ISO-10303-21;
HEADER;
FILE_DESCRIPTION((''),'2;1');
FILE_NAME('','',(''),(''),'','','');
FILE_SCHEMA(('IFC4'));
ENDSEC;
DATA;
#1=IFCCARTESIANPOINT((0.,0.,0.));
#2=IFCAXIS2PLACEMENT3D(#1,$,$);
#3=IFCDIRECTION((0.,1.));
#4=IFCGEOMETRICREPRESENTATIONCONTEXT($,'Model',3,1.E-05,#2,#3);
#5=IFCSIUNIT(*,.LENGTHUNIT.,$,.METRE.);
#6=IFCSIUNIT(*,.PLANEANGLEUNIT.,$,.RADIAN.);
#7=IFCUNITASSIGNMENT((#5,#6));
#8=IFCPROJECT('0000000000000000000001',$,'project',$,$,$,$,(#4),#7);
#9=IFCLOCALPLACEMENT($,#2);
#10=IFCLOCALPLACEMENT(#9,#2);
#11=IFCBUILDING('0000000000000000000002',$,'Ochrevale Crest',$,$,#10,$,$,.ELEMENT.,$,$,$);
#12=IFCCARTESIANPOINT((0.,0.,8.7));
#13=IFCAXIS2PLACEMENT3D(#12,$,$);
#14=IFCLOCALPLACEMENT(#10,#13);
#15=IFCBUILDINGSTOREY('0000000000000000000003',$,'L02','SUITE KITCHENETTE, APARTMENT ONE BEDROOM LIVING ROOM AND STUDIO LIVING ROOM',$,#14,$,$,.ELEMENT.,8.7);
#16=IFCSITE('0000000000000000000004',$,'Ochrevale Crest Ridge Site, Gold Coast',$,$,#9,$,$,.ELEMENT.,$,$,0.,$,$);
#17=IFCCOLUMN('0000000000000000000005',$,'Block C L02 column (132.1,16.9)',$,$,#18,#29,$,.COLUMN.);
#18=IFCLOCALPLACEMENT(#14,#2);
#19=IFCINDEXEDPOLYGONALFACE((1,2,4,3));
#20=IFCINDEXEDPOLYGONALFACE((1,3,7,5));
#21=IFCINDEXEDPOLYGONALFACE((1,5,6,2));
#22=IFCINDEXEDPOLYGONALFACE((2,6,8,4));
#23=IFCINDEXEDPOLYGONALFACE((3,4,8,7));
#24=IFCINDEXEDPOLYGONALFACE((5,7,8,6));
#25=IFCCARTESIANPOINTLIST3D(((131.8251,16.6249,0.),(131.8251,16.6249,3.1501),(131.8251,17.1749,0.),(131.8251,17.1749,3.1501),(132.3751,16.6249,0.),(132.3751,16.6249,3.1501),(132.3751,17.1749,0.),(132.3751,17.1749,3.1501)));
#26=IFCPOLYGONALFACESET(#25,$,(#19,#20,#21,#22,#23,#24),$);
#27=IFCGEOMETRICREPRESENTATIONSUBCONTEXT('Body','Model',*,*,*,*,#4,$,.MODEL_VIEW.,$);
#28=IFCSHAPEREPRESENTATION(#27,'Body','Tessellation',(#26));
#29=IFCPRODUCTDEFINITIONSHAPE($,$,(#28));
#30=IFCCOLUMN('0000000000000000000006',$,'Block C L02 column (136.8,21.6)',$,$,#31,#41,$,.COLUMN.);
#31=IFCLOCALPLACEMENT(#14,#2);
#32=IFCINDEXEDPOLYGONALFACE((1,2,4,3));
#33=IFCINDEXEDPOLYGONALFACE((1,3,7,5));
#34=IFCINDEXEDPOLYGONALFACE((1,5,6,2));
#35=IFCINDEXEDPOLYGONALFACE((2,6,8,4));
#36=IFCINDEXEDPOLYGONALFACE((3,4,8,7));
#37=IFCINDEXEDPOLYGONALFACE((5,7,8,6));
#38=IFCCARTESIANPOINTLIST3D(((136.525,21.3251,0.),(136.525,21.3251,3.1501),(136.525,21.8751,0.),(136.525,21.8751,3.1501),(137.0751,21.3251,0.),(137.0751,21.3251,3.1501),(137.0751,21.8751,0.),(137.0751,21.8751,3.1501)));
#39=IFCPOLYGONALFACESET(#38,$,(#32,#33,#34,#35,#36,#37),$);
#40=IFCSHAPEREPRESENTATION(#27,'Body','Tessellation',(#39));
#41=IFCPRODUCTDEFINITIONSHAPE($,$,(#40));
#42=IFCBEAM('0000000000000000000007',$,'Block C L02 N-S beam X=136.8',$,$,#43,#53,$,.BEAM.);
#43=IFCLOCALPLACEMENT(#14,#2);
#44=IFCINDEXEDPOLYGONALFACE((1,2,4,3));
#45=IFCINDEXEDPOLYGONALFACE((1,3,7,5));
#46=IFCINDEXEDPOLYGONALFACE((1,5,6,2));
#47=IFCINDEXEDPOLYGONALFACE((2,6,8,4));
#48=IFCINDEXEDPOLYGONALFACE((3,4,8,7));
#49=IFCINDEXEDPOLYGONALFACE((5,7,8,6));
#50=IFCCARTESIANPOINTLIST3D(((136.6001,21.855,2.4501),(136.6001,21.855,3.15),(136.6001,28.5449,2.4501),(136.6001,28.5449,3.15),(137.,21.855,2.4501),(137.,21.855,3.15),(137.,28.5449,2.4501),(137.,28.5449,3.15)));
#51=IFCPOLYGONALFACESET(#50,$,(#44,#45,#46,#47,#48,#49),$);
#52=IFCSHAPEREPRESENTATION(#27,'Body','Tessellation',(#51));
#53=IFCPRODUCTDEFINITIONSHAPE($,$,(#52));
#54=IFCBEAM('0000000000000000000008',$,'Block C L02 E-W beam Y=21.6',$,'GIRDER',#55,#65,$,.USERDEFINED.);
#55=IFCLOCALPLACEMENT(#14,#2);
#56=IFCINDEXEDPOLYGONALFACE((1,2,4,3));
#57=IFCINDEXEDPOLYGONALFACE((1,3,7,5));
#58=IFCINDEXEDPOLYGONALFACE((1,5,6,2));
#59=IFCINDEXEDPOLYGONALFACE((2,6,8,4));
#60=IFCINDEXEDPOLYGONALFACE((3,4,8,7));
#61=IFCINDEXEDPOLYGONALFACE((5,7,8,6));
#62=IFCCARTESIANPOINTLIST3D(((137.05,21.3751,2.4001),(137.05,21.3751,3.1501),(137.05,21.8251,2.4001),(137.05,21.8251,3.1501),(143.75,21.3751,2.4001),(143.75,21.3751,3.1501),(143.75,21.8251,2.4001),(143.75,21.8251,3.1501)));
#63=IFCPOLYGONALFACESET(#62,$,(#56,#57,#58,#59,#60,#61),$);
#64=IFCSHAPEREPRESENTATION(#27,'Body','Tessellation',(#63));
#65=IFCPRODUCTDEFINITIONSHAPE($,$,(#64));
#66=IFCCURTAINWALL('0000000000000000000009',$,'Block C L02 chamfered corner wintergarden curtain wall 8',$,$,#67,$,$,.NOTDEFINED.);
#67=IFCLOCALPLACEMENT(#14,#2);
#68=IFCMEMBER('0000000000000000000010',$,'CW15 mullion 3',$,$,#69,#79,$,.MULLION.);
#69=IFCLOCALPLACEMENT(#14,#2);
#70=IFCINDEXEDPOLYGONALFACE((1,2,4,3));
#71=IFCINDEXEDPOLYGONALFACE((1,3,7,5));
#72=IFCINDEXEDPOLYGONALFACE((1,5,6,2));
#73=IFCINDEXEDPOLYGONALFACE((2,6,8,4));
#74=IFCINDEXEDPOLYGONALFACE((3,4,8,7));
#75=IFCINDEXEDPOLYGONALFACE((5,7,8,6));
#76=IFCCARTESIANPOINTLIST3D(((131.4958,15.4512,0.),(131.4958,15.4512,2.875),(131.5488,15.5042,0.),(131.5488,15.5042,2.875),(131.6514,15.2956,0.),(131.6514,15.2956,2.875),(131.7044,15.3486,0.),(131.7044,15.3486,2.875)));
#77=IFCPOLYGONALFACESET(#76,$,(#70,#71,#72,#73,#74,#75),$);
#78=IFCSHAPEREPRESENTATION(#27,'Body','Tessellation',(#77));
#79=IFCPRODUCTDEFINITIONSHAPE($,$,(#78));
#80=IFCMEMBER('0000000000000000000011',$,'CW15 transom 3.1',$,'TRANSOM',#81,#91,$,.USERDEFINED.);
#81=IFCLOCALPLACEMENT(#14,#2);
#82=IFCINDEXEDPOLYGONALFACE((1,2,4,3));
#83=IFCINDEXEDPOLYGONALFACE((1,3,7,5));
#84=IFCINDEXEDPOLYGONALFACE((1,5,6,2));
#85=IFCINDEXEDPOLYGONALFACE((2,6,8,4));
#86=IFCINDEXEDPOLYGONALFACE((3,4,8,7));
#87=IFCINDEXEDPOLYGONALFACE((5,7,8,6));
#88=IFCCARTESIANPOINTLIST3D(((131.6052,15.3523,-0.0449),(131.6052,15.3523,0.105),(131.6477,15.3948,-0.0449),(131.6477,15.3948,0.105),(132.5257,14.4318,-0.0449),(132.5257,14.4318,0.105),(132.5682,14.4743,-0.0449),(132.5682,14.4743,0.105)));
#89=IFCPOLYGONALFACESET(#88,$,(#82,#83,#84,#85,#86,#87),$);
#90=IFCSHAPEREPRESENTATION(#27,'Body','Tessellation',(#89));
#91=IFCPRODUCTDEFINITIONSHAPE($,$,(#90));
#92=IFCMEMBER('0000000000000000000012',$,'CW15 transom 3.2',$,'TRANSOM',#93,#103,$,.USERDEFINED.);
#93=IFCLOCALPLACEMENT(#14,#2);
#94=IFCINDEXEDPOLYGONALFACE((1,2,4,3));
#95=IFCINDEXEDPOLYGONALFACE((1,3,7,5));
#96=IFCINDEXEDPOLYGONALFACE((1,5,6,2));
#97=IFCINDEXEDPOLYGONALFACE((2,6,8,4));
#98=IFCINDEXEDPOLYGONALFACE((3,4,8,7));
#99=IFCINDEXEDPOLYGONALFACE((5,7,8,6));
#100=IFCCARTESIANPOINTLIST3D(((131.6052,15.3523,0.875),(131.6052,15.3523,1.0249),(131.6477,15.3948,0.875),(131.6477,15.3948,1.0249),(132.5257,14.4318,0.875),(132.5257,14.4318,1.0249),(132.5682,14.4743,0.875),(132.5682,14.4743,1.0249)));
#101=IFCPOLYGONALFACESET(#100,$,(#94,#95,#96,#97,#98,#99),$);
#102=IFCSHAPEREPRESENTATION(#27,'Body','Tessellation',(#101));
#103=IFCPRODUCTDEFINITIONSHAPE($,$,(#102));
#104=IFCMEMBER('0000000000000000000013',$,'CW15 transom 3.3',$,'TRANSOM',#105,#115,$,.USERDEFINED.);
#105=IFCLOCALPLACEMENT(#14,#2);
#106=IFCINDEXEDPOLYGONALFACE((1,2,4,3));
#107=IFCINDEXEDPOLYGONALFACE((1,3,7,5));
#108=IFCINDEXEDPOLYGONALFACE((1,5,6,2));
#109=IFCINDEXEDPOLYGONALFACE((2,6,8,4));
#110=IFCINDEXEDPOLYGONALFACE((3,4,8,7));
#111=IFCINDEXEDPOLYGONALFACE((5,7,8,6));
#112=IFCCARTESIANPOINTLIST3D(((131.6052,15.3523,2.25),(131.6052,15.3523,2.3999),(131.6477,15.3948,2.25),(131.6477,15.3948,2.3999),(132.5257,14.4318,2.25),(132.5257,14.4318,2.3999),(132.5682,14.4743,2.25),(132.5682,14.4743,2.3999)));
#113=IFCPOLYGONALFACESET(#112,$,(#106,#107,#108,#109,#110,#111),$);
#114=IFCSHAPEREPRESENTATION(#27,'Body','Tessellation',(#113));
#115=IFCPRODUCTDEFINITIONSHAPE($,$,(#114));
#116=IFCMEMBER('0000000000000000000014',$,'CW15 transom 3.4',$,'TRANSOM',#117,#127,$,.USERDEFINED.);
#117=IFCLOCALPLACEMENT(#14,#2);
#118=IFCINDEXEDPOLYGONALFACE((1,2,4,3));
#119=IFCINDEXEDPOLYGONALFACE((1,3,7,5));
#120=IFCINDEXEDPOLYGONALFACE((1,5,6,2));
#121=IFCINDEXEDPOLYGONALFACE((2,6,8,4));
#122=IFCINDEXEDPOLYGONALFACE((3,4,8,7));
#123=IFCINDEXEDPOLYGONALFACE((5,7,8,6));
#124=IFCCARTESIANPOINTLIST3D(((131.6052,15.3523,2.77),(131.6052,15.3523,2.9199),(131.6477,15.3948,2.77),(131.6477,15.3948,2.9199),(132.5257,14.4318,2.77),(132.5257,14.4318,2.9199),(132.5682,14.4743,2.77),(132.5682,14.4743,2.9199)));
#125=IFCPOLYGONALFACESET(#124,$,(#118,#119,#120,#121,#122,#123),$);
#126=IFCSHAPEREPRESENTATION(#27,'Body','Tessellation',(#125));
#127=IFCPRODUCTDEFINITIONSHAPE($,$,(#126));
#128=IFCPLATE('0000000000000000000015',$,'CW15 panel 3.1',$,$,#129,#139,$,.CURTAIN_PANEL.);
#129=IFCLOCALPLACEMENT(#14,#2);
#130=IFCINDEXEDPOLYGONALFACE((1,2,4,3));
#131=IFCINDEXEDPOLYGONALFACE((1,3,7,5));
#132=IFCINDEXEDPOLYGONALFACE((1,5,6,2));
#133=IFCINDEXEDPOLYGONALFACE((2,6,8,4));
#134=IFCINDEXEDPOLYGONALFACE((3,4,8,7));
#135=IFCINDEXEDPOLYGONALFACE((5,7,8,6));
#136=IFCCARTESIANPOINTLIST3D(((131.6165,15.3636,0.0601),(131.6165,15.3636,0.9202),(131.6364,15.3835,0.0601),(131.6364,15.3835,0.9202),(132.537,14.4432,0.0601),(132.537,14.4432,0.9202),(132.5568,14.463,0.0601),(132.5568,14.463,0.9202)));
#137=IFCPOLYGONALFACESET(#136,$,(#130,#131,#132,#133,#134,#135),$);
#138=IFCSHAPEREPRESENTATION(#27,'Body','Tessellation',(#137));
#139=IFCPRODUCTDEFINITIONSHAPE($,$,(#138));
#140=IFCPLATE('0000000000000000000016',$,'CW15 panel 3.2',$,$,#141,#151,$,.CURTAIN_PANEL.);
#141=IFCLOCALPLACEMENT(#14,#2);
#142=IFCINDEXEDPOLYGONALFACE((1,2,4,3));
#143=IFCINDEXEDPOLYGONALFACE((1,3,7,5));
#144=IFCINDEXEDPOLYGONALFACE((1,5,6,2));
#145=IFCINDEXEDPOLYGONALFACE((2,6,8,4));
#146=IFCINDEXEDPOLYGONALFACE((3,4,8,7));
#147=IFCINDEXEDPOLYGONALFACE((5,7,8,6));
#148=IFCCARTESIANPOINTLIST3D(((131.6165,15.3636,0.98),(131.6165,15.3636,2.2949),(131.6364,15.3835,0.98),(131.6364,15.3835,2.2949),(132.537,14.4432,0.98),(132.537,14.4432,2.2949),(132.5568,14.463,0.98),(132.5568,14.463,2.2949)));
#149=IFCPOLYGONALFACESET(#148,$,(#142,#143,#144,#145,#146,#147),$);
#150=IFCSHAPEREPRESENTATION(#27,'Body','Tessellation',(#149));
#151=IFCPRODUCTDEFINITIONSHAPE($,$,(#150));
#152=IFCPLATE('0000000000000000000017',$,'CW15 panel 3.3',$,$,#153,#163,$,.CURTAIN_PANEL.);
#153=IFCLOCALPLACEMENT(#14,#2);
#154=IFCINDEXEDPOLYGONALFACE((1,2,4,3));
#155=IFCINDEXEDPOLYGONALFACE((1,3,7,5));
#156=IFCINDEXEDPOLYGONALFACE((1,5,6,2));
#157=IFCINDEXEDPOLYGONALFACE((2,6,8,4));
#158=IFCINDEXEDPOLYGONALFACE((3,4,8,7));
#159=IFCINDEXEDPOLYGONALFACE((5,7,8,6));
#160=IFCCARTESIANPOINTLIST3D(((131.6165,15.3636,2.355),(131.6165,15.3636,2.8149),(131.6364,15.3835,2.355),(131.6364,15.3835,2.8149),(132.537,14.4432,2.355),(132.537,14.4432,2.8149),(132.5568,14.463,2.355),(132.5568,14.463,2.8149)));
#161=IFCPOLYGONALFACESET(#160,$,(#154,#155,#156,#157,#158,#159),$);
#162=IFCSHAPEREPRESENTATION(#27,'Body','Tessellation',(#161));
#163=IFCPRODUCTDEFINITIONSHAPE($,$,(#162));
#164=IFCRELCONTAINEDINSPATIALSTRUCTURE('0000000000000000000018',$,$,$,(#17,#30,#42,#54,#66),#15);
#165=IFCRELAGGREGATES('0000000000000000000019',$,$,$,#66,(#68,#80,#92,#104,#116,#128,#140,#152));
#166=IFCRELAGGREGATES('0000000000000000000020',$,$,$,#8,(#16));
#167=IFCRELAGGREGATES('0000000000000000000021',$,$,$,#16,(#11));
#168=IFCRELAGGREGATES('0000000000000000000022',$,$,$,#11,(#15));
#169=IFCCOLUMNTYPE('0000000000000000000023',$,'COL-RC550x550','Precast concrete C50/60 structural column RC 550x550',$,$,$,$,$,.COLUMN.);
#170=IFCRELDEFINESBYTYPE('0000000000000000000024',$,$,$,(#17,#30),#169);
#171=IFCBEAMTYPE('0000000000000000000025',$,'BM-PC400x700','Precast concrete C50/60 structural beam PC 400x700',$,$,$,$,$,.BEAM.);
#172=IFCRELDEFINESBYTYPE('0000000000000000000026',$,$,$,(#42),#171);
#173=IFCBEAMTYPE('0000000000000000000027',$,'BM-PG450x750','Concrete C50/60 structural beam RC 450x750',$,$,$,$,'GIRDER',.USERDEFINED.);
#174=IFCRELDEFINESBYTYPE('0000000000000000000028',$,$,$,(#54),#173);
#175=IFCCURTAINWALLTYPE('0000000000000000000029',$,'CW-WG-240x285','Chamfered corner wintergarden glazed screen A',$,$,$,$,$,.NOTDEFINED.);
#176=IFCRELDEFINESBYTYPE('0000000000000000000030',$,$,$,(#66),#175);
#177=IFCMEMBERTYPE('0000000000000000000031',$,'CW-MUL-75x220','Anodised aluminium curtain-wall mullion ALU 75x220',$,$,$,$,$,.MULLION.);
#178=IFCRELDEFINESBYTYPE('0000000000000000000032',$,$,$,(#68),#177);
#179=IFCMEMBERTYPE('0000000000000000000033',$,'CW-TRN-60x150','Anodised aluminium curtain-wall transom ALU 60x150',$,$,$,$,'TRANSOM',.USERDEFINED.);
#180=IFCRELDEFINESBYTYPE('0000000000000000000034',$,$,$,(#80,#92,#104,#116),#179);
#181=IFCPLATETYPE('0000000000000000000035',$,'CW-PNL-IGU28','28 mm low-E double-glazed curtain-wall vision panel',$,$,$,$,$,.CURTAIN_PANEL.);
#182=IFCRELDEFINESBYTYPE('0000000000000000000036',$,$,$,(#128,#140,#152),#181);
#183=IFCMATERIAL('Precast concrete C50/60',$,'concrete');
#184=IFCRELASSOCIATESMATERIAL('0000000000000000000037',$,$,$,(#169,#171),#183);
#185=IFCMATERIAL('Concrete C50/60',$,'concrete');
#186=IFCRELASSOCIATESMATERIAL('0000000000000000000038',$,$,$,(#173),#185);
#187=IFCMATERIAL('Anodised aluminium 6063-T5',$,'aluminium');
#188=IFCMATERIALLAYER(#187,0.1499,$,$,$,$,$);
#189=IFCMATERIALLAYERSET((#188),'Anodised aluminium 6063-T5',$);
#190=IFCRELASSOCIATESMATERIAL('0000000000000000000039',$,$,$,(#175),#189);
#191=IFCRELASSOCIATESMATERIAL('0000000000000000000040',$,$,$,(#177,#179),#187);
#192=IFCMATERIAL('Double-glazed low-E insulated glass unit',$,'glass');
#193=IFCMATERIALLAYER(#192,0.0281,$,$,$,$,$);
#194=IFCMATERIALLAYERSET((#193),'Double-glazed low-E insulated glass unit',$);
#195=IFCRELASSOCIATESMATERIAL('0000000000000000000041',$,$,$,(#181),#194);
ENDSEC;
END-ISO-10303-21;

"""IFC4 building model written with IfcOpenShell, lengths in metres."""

from ifc_helpers import new_model, si_unit, direction, frame, origin, origin_2d, place, context, subcontext, project, spatial, rectangle, extrude, material, layer, layer_set, material_profile, profile_set, type_object, element, aggregate, save


model = new_model("IFC4")

# Units and contexts
model_context = context("Model", 3, precision=1e-05, world=origin(), true_north=direction((0.0, 1.0)))
body_context = subcontext(model_context, "Body", "Model", "MODEL_VIEW")
ifc_project = project(units=[si_unit("LENGTHUNIT", "METRE"), si_unit("PLANEANGLEUNIT", "RADIAN")], contexts=[model_context])

# Site, building, storey
site_placement = place(None, origin())
site = spatial("IfcSite", under=ifc_project, at=site_placement, Name="Ochrevale Crest Ridge Site, Gold Coast", CompositionType="ELEMENT", RefElevation=0.0)
building_placement = place(site_placement, origin())
building = spatial("IfcBuilding", under=site, at=building_placement, Name="Ochrevale Crest", CompositionType="ELEMENT")
storey_placement = place(building_placement, frame((0.0, 0.0, 8.7)))
storey = spatial("IfcBuildingStorey", under=building, at=storey_placement, Name="L02", Description="SUITE KITCHENETTE, APARTMENT ONE BEDROOM LIVING ROOM AND STUDIO LIVING ROOM", CompositionType="ELEMENT", Elevation=8.7)

# Columns
ifc_material_1 = material(Name="Precast concrete C50/60", Category="concrete")
ifc_material_profile_1 = material_profile(ifc_material_1, rectangle(XDim=0.55, YDim=0.55, at=origin_2d()), Name="RC 550x550")
ifc_profile_set_1 = profile_set([ifc_material_profile_1], Name="Precast concrete C50/60")
column_type = type_object("IfcColumnType", Name="COL-RC550x550", Description="Precast concrete C50/60 structural column RC 550x550", PredefinedType="COLUMN", material=ifc_profile_set_1)
for number, where, z_axis, x_axis, name in (
    (1, (132.1001, 16.8999, 0.0), (0.0, 0.0, 1.0), (1.0, 0.0, 0.0), "Block C L02 column (132.1,16.9)"),
    (2, (136.8, 21.6001, 0.0), (0.0, 0.0, 1.0), (1.0, 0.0, 0.0), "Block C L02 column (136.8,21.6)"),
):
    element("IfcColumn", number, at=place(storey_placement, frame(where, z_axis=z_axis, x_axis=x_axis)), inside=storey, type_object=column_type, Name=name, PredefinedType="COLUMN", context=body_context, shape_type="SweptSolid", body=[
        extrude(rectangle(XDim=0.55, YDim=0.55, at=origin_2d()), origin(), (0.0, 0.0, 1.0), 3.1501),
    ])

# Beams
ifc_material_profile_2 = material_profile(ifc_material_1, rectangle(XDim=0.3999, YDim=0.7, at=origin_2d()), Name="PC 400x700")
ifc_profile_set_2 = profile_set([ifc_material_profile_2], Name="Precast concrete C50/60")
beam_type_1 = type_object("IfcBeamType", Name="BM-PC400x700", Description="Precast concrete C50/60 structural beam PC 400x700", PredefinedType="BEAM", material=ifc_profile_set_2)
beam_1_placement = place(storey_placement, frame((136.8, 21.855, 2.8), z_axis=(0.0, 1.0, 0.0), x_axis=(-1.0, 0.0, 0.0)))
element("IfcBeam", 3, at=beam_1_placement, inside=storey, type_object=beam_type_1, Name="Block C L02 N-S beam X=136.8", PredefinedType="BEAM", context=body_context, shape_type="SweptSolid", body=[
    extrude(rectangle(XDim=0.3999, YDim=0.7, at=origin_2d()), origin(), (0.0, 0.0, 1.0), 6.6899),
])
ifc_material_2 = material(Name="Concrete C50/60", Category="concrete")
ifc_material_profile_3 = material_profile(ifc_material_2, rectangle(XDim=0.45, YDim=0.75, at=origin_2d()), Name="RC 450x750")
ifc_profile_set_3 = profile_set([ifc_material_profile_3], Name="Concrete C50/60")
beam_type_2 = type_object("IfcBeamType", Name="BM-PG450x750", Description="Concrete C50/60 structural beam RC 450x750", ElementType="GIRDER", PredefinedType="USERDEFINED", material=ifc_profile_set_3)
beam_2_placement = place(storey_placement, frame((137.05, 21.6001, 2.7751), z_axis=(1.0, 0.0, 0.0), x_axis=(0.0, 1.0, 0.0)))
element("IfcBeam", 4, at=beam_2_placement, inside=storey, type_object=beam_type_2, Name="Block C L02 E-W beam Y=21.6", ObjectType="GIRDER", PredefinedType="USERDEFINED", context=body_context, shape_type="SweptSolid", body=[
    extrude(rectangle(XDim=0.45, YDim=0.75, at=origin_2d()), origin(), (0.0, 0.0, 1.0), 6.7),
])

# Curtain wall, members, plates
ifc_material_3 = material(Name="Anodised aluminium 6063-T5", Category="aluminium")
ifc_layer_1 = layer(ifc_material_3, 0.1499)
ifc_layer_set_1 = layer_set([ifc_layer_1], Name="Anodised aluminium 6063-T5")
curtain_wall_type = type_object("IfcCurtainWallType", Name="CW-WG-240x285", Description="Chamfered corner wintergarden glazed screen A", PredefinedType="NOTDEFINED", material=ifc_layer_set_1)
curtain_wall_placement = place(storey_placement, origin())
curtain_wall = element("IfcCurtainWall", 5, at=curtain_wall_placement, inside=storey, type_object=curtain_wall_type, Name="Block C L02 chamfered corner wintergarden curtain wall 8", PredefinedType="NOTDEFINED")
ifc_material_profile_4 = material_profile(ifc_material_3, rectangle(XDim=0.075, YDim=0.22, at=origin_2d()), Name="ALU 75x220")
ifc_profile_set_4 = profile_set([ifc_material_profile_4], Name="Anodised aluminium 6063-T5")
member_type_1 = type_object("IfcMemberType", Name="CW-MUL-75x220", Description="Anodised aluminium curtain-wall mullion ALU 75x220", PredefinedType="MULLION", material=ifc_profile_set_4)
member_1_placement = place(storey_placement, frame((131.6001, 15.3999, 0.0), z_axis=(0.0, 0.0, 1.0), x_axis=(0.707107, 0.707107, 0.0)))
member_1 = element("IfcMember", 6, at=member_1_placement, type_object=member_type_1, Name="CW15 mullion 3", PredefinedType="MULLION", context=body_context, shape_type="SweptSolid", body=[
    extrude(rectangle(XDim=0.075, YDim=0.22, at=origin_2d()), origin(), (0.0, 0.0, 1.0), 2.875),
])
ifc_material_profile_5 = material_profile(ifc_material_3, rectangle(XDim=0.0601, YDim=0.1499, at=origin_2d()), Name="ALU 60x150")
ifc_profile_set_5 = profile_set([ifc_material_profile_5], Name="Anodised aluminium 6063-T5")
member_type_2 = type_object("IfcMemberType", Name="CW-TRN-60x150", Description="Anodised aluminium curtain-wall transom ALU 60x150", ElementType="TRANSOM", PredefinedType="USERDEFINED", material=ifc_profile_set_5)
member_2_placement = place(storey_placement, frame((131.6265, 15.3735, 0.03), z_axis=(0.707107, -0.707107, 0.0), x_axis=(0.707107, 0.707107, 0.0)))
member_2 = element("IfcMember", 7, at=member_2_placement, type_object=member_type_2, Name="CW15 transom 3.1", ObjectType="TRANSOM", PredefinedType="USERDEFINED", context=body_context, shape_type="SweptSolid", body=[
    extrude(rectangle(XDim=0.0601, YDim=0.1499, at=origin_2d()), origin(), (0.0, 0.0, 1.0), 1.3018),
])
member_3_placement = place(storey_placement, frame((131.6265, 15.3735, 0.95), z_axis=(0.707107, -0.707107, 0.0), x_axis=(0.707107, 0.707107, 0.0)))
member_3 = element("IfcMember", 8, at=member_3_placement, type_object=member_type_2, Name="CW15 transom 3.2", ObjectType="TRANSOM", PredefinedType="USERDEFINED", context=body_context, shape_type="SweptSolid", body=[
    extrude(rectangle(XDim=0.0601, YDim=0.1499, at=origin_2d()), origin(), (0.0, 0.0, 1.0), 1.3018),
])
member_4_placement = place(storey_placement, frame((131.6265, 15.3735, 2.325), z_axis=(0.707107, -0.707107, 0.0), x_axis=(0.707107, 0.707107, 0.0)))
member_4 = element("IfcMember", 9, at=member_4_placement, type_object=member_type_2, Name="CW15 transom 3.3", ObjectType="TRANSOM", PredefinedType="USERDEFINED", context=body_context, shape_type="SweptSolid", body=[
    extrude(rectangle(XDim=0.0601, YDim=0.1499, at=origin_2d()), origin(), (0.0, 0.0, 1.0), 1.3018),
])
member_5_placement = place(storey_placement, frame((131.6265, 15.3735, 2.845), z_axis=(0.707107, -0.707107, 0.0), x_axis=(0.707107, 0.707107, 0.0)))
member_5 = element("IfcMember", 10, at=member_5_placement, type_object=member_type_2, Name="CW15 transom 3.4", ObjectType="TRANSOM", PredefinedType="USERDEFINED", context=body_context, shape_type="SweptSolid", body=[
    extrude(rectangle(XDim=0.0601, YDim=0.1499, at=origin_2d()), origin(), (0.0, 0.0, 1.0), 1.3018),
])
ifc_material_4 = material(Name="Double-glazed low-E insulated glass unit", Category="glass")
ifc_layer_2 = layer(ifc_material_4, 0.0281)
ifc_layer_set_2 = layer_set([ifc_layer_2], Name="Double-glazed low-E insulated glass unit")
plate_type = type_object("IfcPlateType", Name="CW-PNL-IGU28", Description="28 mm low-E double-glazed curtain-wall vision panel", PredefinedType="CURTAIN_PANEL", material=ifc_layer_set_2)
plate_1_placement = place(storey_placement, frame((132.0867, 14.9133, 0.0601), z_axis=(0.0, 0.0, 1.0), x_axis=(0.707107, -0.707107, 0.0)))
plate_1 = element("IfcPlate", 11, at=plate_1_placement, type_object=plate_type, Name="CW15 panel 3.1", PredefinedType="CURTAIN_PANEL", context=body_context, shape_type="SweptSolid", body=[
    extrude(rectangle(XDim=1.3018, YDim=0.0281, at=origin_2d()), origin(), (0.0, 0.0, 1.0), 0.8601),
])
plate_2_placement = place(storey_placement, frame((132.0867, 14.9133, 0.98), z_axis=(0.0, 0.0, 1.0), x_axis=(0.707107, -0.707107, 0.0)))
plate_2 = element("IfcPlate", 12, at=plate_2_placement, type_object=plate_type, Name="CW15 panel 3.2", PredefinedType="CURTAIN_PANEL", context=body_context, shape_type="SweptSolid", body=[
    extrude(rectangle(XDim=1.3018, YDim=0.0281, at=origin_2d()), origin(), (0.0, 0.0, 1.0), 1.3149),
])
plate_3_placement = place(storey_placement, frame((132.0867, 14.9133, 2.355), z_axis=(0.0, 0.0, 1.0), x_axis=(0.707107, -0.707107, 0.0)))
plate_3 = element("IfcPlate", 13, at=plate_3_placement, type_object=plate_type, Name="CW15 panel 3.3", PredefinedType="CURTAIN_PANEL", context=body_context, shape_type="SweptSolid", body=[
    extrude(rectangle(XDim=1.3018, YDim=0.0281, at=origin_2d()), origin(), (0.0, 0.0, 1.0), 0.46),
])
aggregate(curtain_wall, [member_1, member_2, member_3, member_4, member_5, plate_1, plate_2, plate_3])

save(model, "model.ifc")
